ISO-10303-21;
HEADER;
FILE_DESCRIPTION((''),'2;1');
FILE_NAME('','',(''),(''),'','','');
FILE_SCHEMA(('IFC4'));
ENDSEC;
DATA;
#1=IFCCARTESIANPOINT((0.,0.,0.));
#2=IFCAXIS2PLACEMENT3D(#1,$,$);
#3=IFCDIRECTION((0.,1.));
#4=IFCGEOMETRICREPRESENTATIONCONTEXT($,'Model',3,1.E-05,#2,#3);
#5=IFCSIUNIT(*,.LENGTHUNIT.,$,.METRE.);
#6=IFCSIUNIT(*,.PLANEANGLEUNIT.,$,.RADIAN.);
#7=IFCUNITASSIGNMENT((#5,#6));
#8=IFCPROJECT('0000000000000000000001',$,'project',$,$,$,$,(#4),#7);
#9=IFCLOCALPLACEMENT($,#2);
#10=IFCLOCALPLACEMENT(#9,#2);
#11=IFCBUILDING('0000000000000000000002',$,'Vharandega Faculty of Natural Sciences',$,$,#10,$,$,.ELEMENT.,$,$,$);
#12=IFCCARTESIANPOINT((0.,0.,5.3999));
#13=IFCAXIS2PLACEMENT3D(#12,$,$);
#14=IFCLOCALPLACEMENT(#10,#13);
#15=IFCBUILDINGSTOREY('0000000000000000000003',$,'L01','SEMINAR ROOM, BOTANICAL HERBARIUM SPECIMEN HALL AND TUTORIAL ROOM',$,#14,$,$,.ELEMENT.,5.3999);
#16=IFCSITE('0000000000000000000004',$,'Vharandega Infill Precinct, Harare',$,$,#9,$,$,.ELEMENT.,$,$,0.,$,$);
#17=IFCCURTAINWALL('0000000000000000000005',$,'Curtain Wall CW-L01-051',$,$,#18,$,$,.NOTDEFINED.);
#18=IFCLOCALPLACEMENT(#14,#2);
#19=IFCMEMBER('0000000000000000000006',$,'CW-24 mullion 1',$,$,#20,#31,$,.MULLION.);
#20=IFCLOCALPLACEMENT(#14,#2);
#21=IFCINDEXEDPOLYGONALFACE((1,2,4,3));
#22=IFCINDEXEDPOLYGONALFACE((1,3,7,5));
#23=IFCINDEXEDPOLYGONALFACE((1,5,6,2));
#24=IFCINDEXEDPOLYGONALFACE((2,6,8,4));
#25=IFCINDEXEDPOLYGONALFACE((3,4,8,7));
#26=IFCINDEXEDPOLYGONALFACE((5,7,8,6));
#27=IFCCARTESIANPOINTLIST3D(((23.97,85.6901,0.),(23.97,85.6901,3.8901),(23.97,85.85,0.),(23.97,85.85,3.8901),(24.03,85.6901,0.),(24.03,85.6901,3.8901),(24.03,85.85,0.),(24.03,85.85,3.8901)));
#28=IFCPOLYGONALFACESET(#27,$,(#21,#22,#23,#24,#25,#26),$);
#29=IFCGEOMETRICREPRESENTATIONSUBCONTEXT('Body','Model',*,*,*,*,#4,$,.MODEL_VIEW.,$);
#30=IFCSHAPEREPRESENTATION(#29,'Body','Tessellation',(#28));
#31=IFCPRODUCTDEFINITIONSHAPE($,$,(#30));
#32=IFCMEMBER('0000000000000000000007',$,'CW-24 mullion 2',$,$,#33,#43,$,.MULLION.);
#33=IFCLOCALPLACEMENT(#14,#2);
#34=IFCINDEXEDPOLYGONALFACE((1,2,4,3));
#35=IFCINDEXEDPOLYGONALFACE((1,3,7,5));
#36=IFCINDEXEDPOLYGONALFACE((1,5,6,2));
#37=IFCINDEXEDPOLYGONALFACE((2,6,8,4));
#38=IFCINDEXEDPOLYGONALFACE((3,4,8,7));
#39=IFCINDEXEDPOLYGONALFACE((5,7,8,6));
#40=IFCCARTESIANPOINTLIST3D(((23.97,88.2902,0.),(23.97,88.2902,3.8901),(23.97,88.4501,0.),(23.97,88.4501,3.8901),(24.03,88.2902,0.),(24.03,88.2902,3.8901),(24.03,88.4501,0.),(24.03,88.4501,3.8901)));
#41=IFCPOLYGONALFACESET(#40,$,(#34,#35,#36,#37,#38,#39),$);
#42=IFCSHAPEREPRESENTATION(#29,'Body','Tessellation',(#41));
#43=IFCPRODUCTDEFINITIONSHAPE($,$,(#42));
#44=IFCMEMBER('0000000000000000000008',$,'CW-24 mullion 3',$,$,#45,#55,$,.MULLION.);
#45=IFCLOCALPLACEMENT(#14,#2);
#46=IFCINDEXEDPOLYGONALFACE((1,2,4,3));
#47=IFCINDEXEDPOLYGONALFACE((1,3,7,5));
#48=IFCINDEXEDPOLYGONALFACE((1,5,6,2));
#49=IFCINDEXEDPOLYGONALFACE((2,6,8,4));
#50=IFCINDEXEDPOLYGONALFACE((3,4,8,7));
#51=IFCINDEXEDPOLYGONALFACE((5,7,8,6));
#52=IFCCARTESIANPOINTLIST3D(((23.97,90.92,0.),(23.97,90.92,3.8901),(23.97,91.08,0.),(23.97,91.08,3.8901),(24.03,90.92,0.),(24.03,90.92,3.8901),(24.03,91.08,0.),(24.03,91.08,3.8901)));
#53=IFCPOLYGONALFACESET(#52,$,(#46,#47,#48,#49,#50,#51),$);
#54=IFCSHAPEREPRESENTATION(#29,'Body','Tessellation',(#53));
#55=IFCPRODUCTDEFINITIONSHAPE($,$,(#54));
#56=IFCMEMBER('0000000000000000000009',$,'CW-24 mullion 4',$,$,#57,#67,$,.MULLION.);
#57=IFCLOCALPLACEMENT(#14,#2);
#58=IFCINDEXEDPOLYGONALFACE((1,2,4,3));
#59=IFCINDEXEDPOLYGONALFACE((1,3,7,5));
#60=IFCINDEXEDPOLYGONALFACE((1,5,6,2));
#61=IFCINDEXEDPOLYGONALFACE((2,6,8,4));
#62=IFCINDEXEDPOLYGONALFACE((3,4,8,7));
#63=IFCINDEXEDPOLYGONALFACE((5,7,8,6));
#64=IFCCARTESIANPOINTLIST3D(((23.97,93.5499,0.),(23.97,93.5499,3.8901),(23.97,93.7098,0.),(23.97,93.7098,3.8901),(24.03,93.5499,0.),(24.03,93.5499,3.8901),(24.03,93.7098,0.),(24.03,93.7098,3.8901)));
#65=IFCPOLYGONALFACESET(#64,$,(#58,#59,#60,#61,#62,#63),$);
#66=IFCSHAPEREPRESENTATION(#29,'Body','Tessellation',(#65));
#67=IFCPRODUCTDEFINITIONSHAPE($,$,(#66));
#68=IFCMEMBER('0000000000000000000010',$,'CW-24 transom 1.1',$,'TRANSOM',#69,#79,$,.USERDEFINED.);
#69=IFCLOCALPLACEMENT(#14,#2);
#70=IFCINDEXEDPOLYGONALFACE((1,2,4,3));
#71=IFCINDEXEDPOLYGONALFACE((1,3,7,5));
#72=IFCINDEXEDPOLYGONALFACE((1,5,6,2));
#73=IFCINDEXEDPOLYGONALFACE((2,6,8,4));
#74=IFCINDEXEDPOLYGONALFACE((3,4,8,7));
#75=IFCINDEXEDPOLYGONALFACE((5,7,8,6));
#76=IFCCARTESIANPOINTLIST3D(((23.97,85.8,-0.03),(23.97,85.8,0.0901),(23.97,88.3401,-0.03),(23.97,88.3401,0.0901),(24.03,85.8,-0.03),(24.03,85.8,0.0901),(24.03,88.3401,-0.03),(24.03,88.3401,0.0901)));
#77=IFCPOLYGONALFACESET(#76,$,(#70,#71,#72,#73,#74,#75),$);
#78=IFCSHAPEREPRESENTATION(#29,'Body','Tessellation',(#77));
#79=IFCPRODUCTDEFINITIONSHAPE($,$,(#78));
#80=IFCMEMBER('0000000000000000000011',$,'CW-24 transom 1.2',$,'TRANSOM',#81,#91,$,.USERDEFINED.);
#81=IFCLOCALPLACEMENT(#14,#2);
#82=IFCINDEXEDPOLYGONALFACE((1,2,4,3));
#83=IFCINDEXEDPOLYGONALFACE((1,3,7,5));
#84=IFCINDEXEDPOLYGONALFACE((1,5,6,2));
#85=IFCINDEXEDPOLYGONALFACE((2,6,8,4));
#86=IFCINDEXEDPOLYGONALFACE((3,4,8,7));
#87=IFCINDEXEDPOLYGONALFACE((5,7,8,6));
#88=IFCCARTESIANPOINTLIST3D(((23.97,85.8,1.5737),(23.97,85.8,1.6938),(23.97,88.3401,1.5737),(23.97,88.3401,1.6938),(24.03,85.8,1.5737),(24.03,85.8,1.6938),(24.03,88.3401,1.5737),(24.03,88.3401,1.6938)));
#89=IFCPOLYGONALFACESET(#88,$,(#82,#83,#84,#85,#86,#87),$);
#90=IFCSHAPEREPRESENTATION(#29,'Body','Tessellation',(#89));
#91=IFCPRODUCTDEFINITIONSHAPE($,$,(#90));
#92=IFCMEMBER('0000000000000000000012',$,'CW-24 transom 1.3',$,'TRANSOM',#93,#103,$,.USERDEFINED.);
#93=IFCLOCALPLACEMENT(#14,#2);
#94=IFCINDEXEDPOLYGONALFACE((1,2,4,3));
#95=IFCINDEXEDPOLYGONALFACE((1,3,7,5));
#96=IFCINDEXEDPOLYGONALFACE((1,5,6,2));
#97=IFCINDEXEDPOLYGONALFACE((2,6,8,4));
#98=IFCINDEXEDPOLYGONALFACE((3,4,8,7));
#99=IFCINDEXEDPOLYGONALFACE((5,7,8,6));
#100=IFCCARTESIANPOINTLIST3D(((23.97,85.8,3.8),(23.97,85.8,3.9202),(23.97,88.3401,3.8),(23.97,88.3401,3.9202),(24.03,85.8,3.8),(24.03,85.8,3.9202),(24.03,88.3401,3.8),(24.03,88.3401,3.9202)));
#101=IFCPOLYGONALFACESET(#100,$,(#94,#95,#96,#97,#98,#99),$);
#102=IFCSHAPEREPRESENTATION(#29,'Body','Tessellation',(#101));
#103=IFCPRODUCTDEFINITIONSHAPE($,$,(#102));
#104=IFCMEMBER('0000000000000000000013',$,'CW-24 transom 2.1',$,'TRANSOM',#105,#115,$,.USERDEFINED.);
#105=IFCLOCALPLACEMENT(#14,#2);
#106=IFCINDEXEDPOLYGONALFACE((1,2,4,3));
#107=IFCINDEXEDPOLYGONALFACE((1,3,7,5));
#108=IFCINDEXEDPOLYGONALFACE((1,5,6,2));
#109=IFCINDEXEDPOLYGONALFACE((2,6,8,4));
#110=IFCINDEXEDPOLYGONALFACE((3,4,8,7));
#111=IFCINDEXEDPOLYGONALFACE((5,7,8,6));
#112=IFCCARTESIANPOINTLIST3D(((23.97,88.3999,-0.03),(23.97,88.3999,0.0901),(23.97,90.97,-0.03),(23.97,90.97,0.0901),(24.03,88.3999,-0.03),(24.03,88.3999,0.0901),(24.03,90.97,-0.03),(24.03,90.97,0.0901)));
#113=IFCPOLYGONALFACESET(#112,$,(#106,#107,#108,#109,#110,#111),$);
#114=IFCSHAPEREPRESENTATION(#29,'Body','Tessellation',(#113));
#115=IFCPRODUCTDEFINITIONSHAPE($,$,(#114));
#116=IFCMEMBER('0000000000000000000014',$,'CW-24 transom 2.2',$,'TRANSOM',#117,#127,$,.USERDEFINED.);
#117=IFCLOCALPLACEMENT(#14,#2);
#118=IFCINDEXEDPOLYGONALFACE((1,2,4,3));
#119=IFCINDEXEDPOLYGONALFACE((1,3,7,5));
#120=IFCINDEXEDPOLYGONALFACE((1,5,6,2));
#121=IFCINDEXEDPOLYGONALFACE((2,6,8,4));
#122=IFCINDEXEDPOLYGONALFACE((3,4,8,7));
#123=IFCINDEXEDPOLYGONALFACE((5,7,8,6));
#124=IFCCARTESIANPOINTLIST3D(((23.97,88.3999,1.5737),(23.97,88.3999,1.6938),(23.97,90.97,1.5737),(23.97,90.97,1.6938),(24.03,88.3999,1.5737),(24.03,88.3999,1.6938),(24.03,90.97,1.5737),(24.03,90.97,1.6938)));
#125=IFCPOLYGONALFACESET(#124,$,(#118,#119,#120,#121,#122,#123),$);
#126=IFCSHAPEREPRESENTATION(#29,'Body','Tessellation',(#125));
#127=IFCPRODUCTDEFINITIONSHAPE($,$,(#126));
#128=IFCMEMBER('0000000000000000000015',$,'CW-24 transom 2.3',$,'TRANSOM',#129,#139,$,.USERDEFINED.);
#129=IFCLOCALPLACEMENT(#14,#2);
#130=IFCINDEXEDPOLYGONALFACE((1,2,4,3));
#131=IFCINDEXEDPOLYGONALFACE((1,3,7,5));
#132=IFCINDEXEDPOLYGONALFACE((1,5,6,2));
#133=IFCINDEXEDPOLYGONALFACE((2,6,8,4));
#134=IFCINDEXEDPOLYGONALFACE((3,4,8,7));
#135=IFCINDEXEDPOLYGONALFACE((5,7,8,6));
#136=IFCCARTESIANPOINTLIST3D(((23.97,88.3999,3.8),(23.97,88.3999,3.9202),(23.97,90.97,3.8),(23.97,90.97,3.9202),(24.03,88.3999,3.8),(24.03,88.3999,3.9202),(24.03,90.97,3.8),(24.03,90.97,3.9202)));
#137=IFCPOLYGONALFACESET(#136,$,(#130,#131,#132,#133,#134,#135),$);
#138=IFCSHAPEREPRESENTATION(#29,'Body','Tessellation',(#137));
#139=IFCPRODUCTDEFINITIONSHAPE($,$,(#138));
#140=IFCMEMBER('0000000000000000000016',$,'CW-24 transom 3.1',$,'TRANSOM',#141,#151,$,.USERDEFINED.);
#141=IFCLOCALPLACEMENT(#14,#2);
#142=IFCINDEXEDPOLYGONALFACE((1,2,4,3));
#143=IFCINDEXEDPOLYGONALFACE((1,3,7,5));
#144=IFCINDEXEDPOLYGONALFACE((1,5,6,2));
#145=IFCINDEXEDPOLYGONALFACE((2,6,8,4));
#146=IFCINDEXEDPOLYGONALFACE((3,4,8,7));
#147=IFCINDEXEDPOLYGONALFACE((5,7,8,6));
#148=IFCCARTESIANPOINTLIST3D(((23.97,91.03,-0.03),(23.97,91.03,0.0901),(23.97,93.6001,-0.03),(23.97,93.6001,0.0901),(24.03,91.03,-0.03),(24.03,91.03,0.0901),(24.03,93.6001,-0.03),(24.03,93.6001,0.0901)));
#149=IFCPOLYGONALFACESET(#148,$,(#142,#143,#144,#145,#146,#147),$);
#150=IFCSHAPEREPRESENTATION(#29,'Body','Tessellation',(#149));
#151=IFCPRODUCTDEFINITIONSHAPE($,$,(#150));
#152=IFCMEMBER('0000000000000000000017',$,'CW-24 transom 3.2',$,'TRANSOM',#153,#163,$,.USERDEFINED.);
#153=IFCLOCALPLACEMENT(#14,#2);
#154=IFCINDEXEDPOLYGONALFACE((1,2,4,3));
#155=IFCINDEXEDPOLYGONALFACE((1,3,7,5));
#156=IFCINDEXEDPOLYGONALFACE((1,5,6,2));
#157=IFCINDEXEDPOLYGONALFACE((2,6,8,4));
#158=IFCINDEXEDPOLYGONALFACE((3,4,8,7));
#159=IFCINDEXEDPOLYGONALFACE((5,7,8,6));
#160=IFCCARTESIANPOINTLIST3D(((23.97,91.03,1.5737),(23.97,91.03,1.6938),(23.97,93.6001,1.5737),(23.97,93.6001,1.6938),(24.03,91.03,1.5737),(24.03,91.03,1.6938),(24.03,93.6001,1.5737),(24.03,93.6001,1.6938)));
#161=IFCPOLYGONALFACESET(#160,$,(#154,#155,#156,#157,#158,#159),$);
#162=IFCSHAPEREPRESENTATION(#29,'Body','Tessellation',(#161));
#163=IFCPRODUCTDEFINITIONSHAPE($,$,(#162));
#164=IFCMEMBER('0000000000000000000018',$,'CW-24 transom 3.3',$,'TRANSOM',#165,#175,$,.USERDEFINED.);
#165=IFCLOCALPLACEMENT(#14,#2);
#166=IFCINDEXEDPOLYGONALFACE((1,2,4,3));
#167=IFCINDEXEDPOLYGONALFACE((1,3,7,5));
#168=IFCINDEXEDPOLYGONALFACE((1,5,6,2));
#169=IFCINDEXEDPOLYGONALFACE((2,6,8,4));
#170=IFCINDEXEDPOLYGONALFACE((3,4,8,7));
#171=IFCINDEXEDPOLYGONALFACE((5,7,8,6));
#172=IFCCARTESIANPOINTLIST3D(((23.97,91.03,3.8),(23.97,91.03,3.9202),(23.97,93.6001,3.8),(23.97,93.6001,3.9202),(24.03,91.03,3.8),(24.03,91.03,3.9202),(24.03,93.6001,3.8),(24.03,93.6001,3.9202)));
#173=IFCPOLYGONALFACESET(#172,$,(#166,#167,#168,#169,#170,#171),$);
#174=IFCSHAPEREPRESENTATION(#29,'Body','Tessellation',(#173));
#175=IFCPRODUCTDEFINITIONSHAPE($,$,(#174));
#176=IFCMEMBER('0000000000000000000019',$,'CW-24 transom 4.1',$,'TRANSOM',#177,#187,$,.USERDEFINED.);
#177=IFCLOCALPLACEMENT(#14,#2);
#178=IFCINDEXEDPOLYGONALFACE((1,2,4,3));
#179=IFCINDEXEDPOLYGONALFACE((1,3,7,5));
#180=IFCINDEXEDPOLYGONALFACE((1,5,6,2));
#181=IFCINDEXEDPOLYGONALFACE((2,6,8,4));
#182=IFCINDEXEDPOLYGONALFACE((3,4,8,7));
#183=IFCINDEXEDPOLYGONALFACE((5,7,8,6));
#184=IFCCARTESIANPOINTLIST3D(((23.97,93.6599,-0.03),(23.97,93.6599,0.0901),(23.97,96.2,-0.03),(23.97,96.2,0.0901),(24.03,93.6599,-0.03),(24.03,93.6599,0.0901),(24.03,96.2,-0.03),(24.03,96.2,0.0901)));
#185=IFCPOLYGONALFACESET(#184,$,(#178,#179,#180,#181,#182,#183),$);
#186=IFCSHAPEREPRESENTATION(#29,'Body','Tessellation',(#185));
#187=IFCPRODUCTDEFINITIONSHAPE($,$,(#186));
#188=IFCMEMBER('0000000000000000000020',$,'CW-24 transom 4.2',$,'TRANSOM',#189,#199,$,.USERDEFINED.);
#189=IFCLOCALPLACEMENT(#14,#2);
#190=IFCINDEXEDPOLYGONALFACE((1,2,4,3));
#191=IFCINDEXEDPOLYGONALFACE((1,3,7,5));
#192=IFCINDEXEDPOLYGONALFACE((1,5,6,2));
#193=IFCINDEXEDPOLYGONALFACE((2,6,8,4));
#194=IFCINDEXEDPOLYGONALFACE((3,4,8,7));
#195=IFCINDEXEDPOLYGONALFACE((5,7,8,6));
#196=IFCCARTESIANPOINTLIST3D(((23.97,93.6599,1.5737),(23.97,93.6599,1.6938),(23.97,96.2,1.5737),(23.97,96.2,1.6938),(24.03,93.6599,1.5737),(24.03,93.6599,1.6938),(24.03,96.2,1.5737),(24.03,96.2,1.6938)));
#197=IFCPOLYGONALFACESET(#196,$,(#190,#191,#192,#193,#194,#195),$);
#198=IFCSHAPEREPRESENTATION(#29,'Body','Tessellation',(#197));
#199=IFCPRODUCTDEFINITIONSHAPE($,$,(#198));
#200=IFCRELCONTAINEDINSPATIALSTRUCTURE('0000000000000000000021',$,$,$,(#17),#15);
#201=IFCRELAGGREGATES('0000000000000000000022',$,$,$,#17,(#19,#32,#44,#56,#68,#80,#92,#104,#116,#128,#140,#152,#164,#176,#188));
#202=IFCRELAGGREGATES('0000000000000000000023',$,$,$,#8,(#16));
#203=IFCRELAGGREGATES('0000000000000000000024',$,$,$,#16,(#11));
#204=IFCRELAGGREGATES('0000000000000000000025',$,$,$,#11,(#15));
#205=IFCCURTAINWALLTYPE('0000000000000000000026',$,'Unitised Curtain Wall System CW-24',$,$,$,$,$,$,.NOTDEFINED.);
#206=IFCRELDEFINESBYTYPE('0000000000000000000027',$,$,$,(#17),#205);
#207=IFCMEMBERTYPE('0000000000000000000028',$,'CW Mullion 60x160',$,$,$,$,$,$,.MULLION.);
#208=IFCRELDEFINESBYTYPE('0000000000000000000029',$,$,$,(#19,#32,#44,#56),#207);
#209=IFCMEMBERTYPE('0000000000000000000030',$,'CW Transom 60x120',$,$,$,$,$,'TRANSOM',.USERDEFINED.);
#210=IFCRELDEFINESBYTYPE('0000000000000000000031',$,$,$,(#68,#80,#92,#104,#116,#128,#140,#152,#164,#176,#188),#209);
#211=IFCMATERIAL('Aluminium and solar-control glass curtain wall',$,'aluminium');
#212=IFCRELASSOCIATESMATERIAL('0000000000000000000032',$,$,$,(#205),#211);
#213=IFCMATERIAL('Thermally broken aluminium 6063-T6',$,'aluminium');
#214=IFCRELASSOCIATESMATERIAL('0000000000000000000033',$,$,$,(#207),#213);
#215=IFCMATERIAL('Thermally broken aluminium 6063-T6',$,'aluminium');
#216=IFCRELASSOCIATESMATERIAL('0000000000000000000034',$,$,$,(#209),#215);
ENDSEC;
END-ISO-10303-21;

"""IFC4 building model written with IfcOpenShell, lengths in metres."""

from ifc_helpers import new_model, si_unit, direction, frame, origin, origin_2d, place, context, subcontext, project, spatial, rectangle, extrude, material, material_profile, profile_set, type_object, element, aggregate, save


model = new_model("IFC4")

# Units and contexts
model_context = context("Model", 3, precision=1e-05, world=origin(), true_north=direction((0.0, 1.0)))
body_context = subcontext(model_context, "Body", "Model", "MODEL_VIEW")
ifc_project = project(units=[si_unit("LENGTHUNIT", "METRE"), si_unit("PLANEANGLEUNIT", "RADIAN")], contexts=[model_context])

# Site, building, storey
site_placement = place(None, origin())
site = spatial("IfcSite", under=ifc_project, at=site_placement, Name="Vharandega Infill Precinct, Harare", CompositionType="ELEMENT", RefElevation=0.0)
building_placement = place(site_placement, origin())
building = spatial("IfcBuilding", under=site, at=building_placement, Name="Vharandega Faculty of Natural Sciences", CompositionType="ELEMENT")
storey_placement = place(building_placement, frame((0.0, 0.0, 5.3999)))
storey = spatial("IfcBuildingStorey", under=building, at=storey_placement, Name="L01", Description="SEMINAR ROOM, BOTANICAL HERBARIUM SPECIMEN HALL AND TUTORIAL ROOM", CompositionType="ELEMENT", Elevation=5.3999)

# Curtain wall, members
ifc_material_1 = material(Name="Aluminium and solar-control glass curtain wall", Category="aluminium")
curtain_wall_type = type_object("IfcCurtainWallType", Name="Unitised Curtain Wall System CW-24", PredefinedType="NOTDEFINED", material=ifc_material_1)
curtain_wall_placement = place(storey_placement, origin())
curtain_wall = element("IfcCurtainWall", 1, at=curtain_wall_placement, inside=storey, type_object=curtain_wall_type, Name="Curtain Wall CW-L01-051", PredefinedType="NOTDEFINED")
ifc_material_2 = material(Name="Thermally broken aluminium 6063-T6", Category="aluminium")
ifc_material_profile_1 = material_profile(ifc_material_2, rectangle(XDim=0.0601, YDim=0.1599, at=origin_2d()), Name="ALU 60x160")
ifc_profile_set_1 = profile_set([ifc_material_profile_1], Name="Thermally broken aluminium 6063-T6")
member_type_1 = type_object("IfcMemberType", Name="CW Mullion 60x160", PredefinedType="MULLION", material=ifc_profile_set_1)
member_1_placement = place(storey_placement, frame((24.0, 85.77, 0.0), z_axis=(0.0, 0.0, 1.0), x_axis=(-1.0, 0.0, 0.0)))
member_1 = element("IfcMember", 2, at=member_1_placement, type_object=member_type_1, Name="CW-24 mullion 1", PredefinedType="MULLION", context=body_context, shape_type="SweptSolid", body=[
    extrude(rectangle(XDim=0.0601, YDim=0.1599, at=origin_2d()), origin(), (0.0, 0.0, 1.0), 3.8901),
])
member_2_placement = place(storey_placement, frame((24.0, 88.3701, 0.0), z_axis=(0.0, 0.0, 1.0), x_axis=(-1.0, 0.0, 0.0)))
member_2 = element("IfcMember", 3, at=member_2_placement, type_object=member_type_1, Name="CW-24 mullion 2", PredefinedType="MULLION", context=body_context, shape_type="SweptSolid", body=[
    extrude(rectangle(XDim=0.0601, YDim=0.1599, at=origin_2d()), origin(), (0.0, 0.0, 1.0), 3.8901),
])
member_3_placement = place(storey_placement, frame((24.0, 91.0, 0.0), z_axis=(0.0, 0.0, 1.0), x_axis=(-1.0, 0.0, 0.0)))
member_3 = element("IfcMember", 4, at=member_3_placement, type_object=member_type_1, Name="CW-24 mullion 3", PredefinedType="MULLION", context=body_context, shape_type="SweptSolid", body=[
    extrude(rectangle(XDim=0.0601, YDim=0.1599, at=origin_2d()), origin(), (0.0, 0.0, 1.0), 3.8901),
])
member_4_placement = place(storey_placement, frame((24.0, 93.6299, 0.0), z_axis=(0.0, 0.0, 1.0), x_axis=(-1.0, 0.0, 0.0)))
member_4 = element("IfcMember", 5, at=member_4_placement, type_object=member_type_1, Name="CW-24 mullion 4", PredefinedType="MULLION", context=body_context, shape_type="SweptSolid", body=[
    extrude(rectangle(XDim=0.0601, YDim=0.1599, at=origin_2d()), origin(), (0.0, 0.0, 1.0), 3.8901),
])
ifc_material_3 = material(Name="Thermally broken aluminium 6063-T6", Category="aluminium")
ifc_material_profile_2 = material_profile(ifc_material_3, rectangle(XDim=0.0601, YDim=0.1201, at=origin_2d()), Name="ALU 60x120")
ifc_profile_set_2 = profile_set([ifc_material_profile_2], Name="Thermally broken aluminium 6063-T6")
member_type_2 = type_object("IfcMemberType", Name="CW Transom 60x120", ElementType="TRANSOM", PredefinedType="USERDEFINED", material=ifc_profile_set_2)
member_5_placement = place(storey_placement, frame((24.0, 85.8, 0.03), z_axis=(0.0, 1.0, 0.0), x_axis=(-1.0, 0.0, 0.0)))
member_5 = element("IfcMember", 6, at=member_5_placement, type_object=member_type_2, Name="CW-24 transom 1.1", ObjectType="TRANSOM", PredefinedType="USERDEFINED", context=body_context, shape_type="SweptSolid", body=[
    extrude(rectangle(XDim=0.0601, YDim=0.1201, at=origin_2d()), origin(), (0.0, 0.0, 1.0), 2.54),
])
member_6_placement = place(storey_placement, frame((24.0, 85.8, 1.6338), z_axis=(0.0, 1.0, 0.0), x_axis=(-1.0, 0.0, 0.0)))
member_6 = element("IfcMember", 7, at=member_6_placement, type_object=member_type_2, Name="CW-24 transom 1.2", ObjectType="TRANSOM", PredefinedType="USERDEFINED", context=body_context, shape_type="SweptSolid", body=[
    extrude(rectangle(XDim=0.0601, YDim=0.1201, at=origin_2d()), origin(), (0.0, 0.0, 1.0), 2.54),
])
member_7_placement = place(storey_placement, frame((24.0, 85.8, 3.8601), z_axis=(0.0, 1.0, 0.0), x_axis=(-1.0, 0.0, 0.0)))
member_7 = element("IfcMember", 8, at=member_7_placement, type_object=member_type_2, Name="CW-24 transom 1.3", ObjectType="TRANSOM", PredefinedType="USERDEFINED", context=body_context, shape_type="SweptSolid", body=[
    extrude(rectangle(XDim=0.0601, YDim=0.1201, at=origin_2d()), origin(), (0.0, 0.0, 1.0), 2.54),
])
member_8_placement = place(storey_placement, frame((24.0, 88.3999, 0.03), z_axis=(0.0, 1.0, 0.0), x_axis=(-1.0, 0.0, 0.0)))
member_8 = element("IfcMember", 9, at=member_8_placement, type_object=member_type_2, Name="CW-24 transom 2.1", ObjectType="TRANSOM", PredefinedType="USERDEFINED", context=body_context, shape_type="SweptSolid", body=[
    extrude(rectangle(XDim=0.0601, YDim=0.1201, at=origin_2d()), origin(), (0.0, 0.0, 1.0), 2.5701),
])
member_9_placement = place(storey_placement, frame((24.0, 88.3999, 1.6338), z_axis=(0.0, 1.0, 0.0), x_axis=(-1.0, 0.0, 0.0)))
member_9 = element("IfcMember", 10, at=member_9_placement, type_object=member_type_2, Name="CW-24 transom 2.2", ObjectType="TRANSOM", PredefinedType="USERDEFINED", context=body_context, shape_type="SweptSolid", body=[
    extrude(rectangle(XDim=0.0601, YDim=0.1201, at=origin_2d()), origin(), (0.0, 0.0, 1.0), 2.5701),
])
member_10_placement = place(storey_placement, frame((24.0, 88.3999, 3.8601), z_axis=(0.0, 1.0, 0.0), x_axis=(-1.0, 0.0, 0.0)))
member_10 = element("IfcMember", 11, at=member_10_placement, type_object=member_type_2, Name="CW-24 transom 2.3", ObjectType="TRANSOM", PredefinedType="USERDEFINED", context=body_context, shape_type="SweptSolid", body=[
    extrude(rectangle(XDim=0.0601, YDim=0.1201, at=origin_2d()), origin(), (0.0, 0.0, 1.0), 2.5701),
])
member_11_placement = place(storey_placement, frame((24.0, 91.03, 0.03), z_axis=(0.0, 1.0, 0.0), x_axis=(-1.0, 0.0, 0.0)))
member_11 = element("IfcMember", 12, at=member_11_placement, type_object=member_type_2, Name="CW-24 transom 3.1", ObjectType="TRANSOM", PredefinedType="USERDEFINED", context=body_context, shape_type="SweptSolid", body=[
    extrude(rectangle(XDim=0.0601, YDim=0.1201, at=origin_2d()), origin(), (0.0, 0.0, 1.0), 2.5701),
])
member_12_placement = place(storey_placement, frame((24.0, 91.03, 1.6338), z_axis=(0.0, 1.0, 0.0), x_axis=(-1.0, 0.0, 0.0)))
member_12 = element("IfcMember", 13, at=member_12_placement, type_object=member_type_2, Name="CW-24 transom 3.2", ObjectType="TRANSOM", PredefinedType="USERDEFINED", context=body_context, shape_type="SweptSolid", body=[
    extrude(rectangle(XDim=0.0601, YDim=0.1201, at=origin_2d()), origin(), (0.0, 0.0, 1.0), 2.5701),
])
member_13_placement = place(storey_placement, frame((24.0, 91.03, 3.8601), z_axis=(0.0, 1.0, 0.0), x_axis=(-1.0, 0.0, 0.0)))
member_13 = element("IfcMember", 14, at=member_13_placement, type_object=member_type_2, Name="CW-24 transom 3.3", ObjectType="TRANSOM", PredefinedType="USERDEFINED", context=body_context, shape_type="SweptSolid", body=[
    extrude(rectangle(XDim=0.0601, YDim=0.1201, at=origin_2d()), origin(), (0.0, 0.0, 1.0), 2.5701),
])
member_14_placement = place(storey_placement, frame((24.0, 93.6599, 0.03), z_axis=(0.0, 1.0, 0.0), x_axis=(-1.0, 0.0, 0.0)))
member_14 = element("IfcMember", 15, at=member_14_placement, type_object=member_type_2, Name="CW-24 transom 4.1", ObjectType="TRANSOM", PredefinedType="USERDEFINED", context=body_context, shape_type="SweptSolid", body=[
    extrude(rectangle(XDim=0.0601, YDim=0.1201, at=origin_2d()), origin(), (0.0, 0.0, 1.0), 2.54),
])
member_15_placement = place(storey_placement, frame((24.0, 93.6599, 1.6338), z_axis=(0.0, 1.0, 0.0), x_axis=(-1.0, 0.0, 0.0)))
member_15 = element("IfcMember", 16, at=member_15_placement, type_object=member_type_2, Name="CW-24 transom 4.2", ObjectType="TRANSOM", PredefinedType="USERDEFINED", context=body_context, shape_type="SweptSolid", body=[
    extrude(rectangle(XDim=0.0601, YDim=0.1201, at=origin_2d()), origin(), (0.0, 0.0, 1.0), 2.54),
])
aggregate(curtain_wall, [member_1, member_2, member_3, member_4, member_5, member_6, member_7, member_8, member_9, member_10, member_11, member_12, member_13, member_14, member_15])

save(model, "model.ifc")
